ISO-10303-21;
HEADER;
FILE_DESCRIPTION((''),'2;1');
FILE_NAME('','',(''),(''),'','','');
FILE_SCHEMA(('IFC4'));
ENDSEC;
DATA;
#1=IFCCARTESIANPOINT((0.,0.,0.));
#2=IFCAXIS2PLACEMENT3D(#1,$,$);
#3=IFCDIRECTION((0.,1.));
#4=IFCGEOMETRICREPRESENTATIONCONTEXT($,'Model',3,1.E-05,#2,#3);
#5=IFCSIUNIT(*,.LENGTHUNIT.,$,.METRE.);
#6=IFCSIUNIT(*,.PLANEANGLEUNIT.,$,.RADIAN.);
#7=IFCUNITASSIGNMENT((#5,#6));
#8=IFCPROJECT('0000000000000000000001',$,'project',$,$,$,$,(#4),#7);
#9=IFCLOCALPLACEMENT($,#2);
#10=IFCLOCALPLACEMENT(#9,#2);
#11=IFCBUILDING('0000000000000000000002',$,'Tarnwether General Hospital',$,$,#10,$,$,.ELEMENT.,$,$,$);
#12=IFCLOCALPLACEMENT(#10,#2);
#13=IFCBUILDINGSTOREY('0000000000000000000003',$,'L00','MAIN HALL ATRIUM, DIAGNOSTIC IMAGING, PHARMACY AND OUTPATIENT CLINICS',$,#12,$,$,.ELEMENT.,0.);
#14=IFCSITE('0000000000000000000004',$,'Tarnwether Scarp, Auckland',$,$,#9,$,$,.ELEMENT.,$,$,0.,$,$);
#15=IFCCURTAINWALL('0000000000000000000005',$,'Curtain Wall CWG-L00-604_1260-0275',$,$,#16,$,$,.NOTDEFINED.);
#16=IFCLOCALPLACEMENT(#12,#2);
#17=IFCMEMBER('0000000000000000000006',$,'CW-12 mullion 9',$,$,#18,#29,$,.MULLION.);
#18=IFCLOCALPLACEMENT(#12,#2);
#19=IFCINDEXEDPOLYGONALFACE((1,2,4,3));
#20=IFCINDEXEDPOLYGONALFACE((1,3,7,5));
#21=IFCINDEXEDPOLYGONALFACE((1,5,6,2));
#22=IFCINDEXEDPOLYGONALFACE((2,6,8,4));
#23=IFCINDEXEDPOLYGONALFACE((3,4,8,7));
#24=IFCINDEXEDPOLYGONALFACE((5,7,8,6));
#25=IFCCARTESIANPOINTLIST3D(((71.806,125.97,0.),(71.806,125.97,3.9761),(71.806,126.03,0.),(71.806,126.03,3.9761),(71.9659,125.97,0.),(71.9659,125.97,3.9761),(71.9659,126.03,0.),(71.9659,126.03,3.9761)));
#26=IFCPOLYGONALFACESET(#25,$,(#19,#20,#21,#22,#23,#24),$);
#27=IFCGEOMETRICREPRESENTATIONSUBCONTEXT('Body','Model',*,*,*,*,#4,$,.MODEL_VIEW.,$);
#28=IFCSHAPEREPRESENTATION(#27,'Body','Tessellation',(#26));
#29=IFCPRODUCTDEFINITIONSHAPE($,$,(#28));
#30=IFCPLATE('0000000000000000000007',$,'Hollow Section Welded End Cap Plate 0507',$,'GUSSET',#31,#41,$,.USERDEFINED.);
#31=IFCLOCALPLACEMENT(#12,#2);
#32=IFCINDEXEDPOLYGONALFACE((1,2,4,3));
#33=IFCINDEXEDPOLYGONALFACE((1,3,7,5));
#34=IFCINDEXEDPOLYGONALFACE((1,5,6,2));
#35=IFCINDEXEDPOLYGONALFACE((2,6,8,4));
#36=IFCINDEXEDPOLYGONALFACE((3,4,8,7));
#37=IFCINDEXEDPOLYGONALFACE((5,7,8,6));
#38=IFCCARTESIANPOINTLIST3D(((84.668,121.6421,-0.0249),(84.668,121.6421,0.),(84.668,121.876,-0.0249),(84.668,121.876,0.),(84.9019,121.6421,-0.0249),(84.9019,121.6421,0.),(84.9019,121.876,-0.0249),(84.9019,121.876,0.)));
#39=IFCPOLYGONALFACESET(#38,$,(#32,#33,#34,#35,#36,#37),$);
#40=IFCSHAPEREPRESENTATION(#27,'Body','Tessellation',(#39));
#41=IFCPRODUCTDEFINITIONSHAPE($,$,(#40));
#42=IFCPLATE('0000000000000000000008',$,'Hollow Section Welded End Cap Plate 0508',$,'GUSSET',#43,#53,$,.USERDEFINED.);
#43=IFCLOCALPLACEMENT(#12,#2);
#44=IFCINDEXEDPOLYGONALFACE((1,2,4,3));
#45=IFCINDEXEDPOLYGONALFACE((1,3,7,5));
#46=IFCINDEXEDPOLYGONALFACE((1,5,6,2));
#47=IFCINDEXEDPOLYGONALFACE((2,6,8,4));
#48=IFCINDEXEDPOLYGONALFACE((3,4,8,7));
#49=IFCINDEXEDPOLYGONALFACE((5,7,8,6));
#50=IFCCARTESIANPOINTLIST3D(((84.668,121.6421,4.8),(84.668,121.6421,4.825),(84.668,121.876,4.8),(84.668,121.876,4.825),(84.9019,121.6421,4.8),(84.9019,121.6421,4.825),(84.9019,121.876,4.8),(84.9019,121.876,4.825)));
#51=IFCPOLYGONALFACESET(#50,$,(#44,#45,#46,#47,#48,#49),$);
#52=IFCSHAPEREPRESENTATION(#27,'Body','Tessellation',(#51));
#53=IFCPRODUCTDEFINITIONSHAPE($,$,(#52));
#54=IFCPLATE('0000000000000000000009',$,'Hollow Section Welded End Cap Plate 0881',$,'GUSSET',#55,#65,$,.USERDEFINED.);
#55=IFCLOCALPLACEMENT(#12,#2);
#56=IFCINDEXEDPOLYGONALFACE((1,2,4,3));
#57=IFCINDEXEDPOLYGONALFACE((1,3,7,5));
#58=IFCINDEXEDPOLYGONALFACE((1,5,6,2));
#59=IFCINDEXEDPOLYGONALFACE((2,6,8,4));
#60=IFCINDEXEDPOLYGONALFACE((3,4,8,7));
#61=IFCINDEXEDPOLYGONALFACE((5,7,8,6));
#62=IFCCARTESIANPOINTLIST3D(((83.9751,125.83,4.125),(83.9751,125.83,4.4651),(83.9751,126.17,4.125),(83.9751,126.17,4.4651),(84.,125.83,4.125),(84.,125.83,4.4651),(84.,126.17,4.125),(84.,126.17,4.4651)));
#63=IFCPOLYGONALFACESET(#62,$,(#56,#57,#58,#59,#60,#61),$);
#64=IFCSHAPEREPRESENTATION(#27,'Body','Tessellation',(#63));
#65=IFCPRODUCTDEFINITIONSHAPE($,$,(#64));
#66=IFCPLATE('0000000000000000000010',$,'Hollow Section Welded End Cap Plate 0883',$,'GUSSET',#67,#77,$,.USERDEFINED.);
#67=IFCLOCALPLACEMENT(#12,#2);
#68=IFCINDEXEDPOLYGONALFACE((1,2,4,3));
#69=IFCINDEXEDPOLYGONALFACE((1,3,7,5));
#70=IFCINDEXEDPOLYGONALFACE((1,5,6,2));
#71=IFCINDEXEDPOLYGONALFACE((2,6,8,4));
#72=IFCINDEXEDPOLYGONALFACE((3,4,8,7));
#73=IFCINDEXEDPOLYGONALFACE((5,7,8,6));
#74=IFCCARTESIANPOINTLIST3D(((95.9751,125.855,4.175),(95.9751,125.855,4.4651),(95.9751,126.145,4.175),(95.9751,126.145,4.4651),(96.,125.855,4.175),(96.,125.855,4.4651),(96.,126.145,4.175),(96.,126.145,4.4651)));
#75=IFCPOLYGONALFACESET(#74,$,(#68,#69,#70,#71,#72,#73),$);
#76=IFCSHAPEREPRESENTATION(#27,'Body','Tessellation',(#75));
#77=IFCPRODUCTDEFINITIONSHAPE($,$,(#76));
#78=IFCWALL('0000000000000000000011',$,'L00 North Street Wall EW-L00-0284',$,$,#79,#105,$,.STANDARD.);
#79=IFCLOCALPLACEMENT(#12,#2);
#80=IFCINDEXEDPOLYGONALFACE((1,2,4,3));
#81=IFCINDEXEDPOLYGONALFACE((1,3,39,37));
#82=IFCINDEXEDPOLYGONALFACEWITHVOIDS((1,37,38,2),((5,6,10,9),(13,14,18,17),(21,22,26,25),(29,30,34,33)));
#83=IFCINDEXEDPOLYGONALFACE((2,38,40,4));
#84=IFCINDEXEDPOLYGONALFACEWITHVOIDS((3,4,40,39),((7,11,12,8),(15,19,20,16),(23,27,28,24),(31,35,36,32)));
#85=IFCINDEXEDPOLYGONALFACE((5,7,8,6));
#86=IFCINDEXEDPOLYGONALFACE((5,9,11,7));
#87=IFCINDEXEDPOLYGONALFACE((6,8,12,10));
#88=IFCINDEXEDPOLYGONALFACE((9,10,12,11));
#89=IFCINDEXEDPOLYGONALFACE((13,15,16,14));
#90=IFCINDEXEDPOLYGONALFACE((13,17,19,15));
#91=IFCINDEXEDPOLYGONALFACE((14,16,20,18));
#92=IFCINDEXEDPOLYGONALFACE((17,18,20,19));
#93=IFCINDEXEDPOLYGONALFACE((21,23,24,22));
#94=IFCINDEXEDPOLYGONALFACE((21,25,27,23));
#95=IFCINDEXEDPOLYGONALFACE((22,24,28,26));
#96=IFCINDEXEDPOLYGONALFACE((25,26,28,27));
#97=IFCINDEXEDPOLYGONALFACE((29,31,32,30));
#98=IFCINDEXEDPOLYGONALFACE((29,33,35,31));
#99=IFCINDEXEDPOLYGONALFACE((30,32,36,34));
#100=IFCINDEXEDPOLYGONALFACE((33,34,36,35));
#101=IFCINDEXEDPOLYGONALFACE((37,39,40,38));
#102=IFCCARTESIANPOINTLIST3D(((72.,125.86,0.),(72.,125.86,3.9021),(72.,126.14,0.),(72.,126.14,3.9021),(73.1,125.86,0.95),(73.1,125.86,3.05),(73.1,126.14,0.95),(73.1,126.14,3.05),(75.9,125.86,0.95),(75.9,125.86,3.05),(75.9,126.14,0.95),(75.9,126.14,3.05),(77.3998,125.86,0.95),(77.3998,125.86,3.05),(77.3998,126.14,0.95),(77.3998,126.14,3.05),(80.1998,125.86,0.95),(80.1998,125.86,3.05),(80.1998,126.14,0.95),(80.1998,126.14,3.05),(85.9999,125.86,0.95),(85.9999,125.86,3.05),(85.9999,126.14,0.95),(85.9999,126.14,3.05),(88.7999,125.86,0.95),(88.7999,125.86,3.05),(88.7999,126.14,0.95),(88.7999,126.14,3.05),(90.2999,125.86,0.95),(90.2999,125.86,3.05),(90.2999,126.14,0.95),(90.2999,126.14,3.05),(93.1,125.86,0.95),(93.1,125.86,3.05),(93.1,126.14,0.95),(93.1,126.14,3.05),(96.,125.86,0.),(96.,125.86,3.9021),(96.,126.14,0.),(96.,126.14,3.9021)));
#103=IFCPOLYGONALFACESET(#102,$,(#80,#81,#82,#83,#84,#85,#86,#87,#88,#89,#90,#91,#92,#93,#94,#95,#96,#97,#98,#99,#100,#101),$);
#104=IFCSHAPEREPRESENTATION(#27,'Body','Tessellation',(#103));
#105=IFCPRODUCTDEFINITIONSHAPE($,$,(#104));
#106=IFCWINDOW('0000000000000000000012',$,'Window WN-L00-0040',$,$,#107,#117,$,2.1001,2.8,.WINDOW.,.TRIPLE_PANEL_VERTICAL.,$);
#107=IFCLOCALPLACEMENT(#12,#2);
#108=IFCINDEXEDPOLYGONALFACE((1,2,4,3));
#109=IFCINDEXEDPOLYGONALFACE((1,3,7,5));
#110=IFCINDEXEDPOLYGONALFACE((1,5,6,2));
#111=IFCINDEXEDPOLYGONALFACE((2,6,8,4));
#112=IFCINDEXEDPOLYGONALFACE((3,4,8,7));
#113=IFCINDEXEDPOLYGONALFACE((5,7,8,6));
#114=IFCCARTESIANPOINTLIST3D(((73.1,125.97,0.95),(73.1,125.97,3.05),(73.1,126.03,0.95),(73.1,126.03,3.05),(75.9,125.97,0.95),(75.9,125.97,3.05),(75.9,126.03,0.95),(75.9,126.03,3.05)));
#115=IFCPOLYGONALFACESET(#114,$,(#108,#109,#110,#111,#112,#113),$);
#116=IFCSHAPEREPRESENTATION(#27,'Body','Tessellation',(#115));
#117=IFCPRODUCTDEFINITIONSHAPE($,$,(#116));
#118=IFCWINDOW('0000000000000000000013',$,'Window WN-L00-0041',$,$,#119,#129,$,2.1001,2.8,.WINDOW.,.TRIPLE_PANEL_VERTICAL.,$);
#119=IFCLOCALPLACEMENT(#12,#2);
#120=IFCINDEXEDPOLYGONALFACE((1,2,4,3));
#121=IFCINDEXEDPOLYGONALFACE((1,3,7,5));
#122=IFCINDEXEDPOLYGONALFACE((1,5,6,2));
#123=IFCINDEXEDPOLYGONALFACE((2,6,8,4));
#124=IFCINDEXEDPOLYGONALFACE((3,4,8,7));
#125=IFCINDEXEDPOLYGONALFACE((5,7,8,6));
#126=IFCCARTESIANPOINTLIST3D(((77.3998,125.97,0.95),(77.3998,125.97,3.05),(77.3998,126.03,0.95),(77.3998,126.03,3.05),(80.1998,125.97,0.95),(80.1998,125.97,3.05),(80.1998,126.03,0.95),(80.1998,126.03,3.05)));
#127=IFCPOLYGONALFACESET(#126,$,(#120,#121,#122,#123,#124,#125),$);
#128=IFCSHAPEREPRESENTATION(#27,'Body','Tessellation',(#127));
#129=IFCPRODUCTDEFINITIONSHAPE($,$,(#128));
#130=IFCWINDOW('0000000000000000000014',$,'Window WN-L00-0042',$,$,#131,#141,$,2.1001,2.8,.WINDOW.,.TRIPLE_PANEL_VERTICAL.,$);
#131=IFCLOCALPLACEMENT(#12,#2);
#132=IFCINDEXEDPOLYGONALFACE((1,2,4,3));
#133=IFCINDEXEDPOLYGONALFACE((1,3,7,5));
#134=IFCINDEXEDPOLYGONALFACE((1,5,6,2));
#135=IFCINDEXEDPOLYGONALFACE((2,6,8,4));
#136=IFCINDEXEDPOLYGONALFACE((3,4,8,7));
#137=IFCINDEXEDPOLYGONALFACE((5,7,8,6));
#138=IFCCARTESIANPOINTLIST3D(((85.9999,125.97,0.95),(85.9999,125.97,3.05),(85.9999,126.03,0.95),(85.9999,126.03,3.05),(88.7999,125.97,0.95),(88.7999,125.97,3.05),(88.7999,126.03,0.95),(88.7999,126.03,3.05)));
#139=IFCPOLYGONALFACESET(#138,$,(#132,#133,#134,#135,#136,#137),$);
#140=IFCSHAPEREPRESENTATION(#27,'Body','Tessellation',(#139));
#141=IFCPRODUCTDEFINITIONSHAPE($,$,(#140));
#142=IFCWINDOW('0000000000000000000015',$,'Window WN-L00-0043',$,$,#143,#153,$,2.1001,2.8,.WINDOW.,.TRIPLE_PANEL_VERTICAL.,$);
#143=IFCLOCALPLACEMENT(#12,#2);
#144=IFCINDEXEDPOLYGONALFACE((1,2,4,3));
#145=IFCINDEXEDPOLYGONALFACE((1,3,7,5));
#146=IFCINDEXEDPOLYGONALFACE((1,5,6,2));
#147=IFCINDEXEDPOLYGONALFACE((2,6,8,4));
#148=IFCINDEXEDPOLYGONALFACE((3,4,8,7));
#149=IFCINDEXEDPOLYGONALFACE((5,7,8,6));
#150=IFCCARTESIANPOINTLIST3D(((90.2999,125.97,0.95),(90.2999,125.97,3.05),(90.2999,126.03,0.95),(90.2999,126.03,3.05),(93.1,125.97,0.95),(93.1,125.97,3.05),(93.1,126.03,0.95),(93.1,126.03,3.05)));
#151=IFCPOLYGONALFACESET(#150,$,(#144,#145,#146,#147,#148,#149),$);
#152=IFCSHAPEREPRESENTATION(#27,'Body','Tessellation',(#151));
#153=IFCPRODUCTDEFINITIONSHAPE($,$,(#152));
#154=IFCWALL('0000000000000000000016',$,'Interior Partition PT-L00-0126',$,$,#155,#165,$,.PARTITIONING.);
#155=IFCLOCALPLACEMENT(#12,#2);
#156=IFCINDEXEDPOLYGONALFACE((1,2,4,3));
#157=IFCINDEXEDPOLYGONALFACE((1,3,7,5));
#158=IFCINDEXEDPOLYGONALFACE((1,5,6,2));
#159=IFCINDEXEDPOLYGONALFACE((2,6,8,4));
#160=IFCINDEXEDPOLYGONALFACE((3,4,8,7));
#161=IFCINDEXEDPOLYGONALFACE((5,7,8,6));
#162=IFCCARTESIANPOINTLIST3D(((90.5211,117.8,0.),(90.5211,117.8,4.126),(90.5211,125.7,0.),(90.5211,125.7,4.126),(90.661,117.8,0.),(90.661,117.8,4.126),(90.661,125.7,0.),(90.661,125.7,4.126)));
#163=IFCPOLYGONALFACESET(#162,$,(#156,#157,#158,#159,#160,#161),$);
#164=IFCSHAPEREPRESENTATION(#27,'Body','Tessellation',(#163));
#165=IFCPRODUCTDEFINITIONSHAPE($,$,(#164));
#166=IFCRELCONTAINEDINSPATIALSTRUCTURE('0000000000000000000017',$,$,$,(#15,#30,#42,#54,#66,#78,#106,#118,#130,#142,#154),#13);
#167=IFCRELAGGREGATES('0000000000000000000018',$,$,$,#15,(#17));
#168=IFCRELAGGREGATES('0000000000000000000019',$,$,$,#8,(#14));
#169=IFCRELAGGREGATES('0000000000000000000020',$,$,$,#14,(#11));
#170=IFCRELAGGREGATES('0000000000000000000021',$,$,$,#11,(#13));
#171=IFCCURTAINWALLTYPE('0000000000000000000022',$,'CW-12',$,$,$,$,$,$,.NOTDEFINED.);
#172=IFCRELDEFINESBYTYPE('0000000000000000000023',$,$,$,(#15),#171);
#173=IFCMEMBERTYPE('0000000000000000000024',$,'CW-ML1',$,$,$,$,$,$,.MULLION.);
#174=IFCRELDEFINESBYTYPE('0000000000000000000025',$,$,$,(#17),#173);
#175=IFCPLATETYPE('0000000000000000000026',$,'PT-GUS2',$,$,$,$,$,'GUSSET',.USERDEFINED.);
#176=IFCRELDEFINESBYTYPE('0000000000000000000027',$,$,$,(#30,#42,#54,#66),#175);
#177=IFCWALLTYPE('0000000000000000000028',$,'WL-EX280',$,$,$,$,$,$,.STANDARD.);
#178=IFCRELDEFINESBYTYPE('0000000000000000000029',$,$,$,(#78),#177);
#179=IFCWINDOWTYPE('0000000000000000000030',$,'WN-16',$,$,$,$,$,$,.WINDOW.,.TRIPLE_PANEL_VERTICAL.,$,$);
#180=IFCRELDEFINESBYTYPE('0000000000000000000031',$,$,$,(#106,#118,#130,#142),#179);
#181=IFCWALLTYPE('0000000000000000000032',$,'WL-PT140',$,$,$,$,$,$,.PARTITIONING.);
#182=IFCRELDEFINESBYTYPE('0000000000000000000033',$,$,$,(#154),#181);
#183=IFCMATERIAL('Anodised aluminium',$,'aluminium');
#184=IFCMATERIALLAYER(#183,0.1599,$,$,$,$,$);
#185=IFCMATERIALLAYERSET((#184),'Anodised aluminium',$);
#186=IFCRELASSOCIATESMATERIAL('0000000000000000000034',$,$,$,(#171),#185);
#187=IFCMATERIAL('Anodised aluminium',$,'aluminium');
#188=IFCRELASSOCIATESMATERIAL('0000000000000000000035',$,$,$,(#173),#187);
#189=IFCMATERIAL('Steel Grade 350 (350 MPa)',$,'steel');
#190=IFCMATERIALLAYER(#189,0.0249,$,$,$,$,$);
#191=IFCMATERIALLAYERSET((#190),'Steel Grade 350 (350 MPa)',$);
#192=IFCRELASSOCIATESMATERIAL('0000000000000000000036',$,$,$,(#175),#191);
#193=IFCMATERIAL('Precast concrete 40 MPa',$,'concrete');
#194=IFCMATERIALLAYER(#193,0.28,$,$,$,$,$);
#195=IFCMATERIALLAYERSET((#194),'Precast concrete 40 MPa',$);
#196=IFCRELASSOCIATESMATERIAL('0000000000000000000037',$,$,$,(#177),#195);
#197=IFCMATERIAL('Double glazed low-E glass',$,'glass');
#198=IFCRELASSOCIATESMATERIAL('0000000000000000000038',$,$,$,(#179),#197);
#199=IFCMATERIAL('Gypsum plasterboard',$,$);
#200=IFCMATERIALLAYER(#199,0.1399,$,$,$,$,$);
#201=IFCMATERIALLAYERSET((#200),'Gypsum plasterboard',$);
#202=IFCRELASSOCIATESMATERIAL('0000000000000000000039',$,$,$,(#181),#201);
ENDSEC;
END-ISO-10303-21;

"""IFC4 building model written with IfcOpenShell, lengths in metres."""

from ifc_helpers import new_model, si_unit, direction, frame, frame_2d, origin, origin_2d, place, context, subcontext, project, spatial, rectangle, extrude, material, layer, layer_set, material_profile, profile_set, type_object, element, fill, aggregate, save


model = new_model("IFC4")

# Units and contexts
model_context = context("Model", 3, precision=1e-05, world=origin(), true_north=direction((0.0, 1.0)))
body_context = subcontext(model_context, "Body", "Model", "MODEL_VIEW")
ifc_project = project(units=[si_unit("LENGTHUNIT", "METRE"), si_unit("PLANEANGLEUNIT", "RADIAN")], contexts=[model_context])

# Site, building, storey
site_placement = place(None, origin())
site = spatial("IfcSite", under=ifc_project, at=site_placement, Name="Tarnwether Scarp, Auckland", CompositionType="ELEMENT", RefElevation=0.0)
building_placement = place(site_placement, origin())
building = spatial("IfcBuilding", under=site, at=building_placement, Name="Tarnwether General Hospital", CompositionType="ELEMENT")
storey_placement = place(building_placement, origin())
storey = spatial("IfcBuildingStorey", under=building, at=storey_placement, Name="L00", Description="MAIN HALL ATRIUM, DIAGNOSTIC IMAGING, PHARMACY AND OUTPATIENT CLINICS", CompositionType="ELEMENT", Elevation=0.0)

# Curtain wall, member
ifc_material_1 = material(Name="Anodised aluminium", Category="aluminium")
ifc_layer_1 = layer(ifc_material_1, 0.1599)
ifc_layer_set_1 = layer_set([ifc_layer_1], Name="Anodised aluminium")
curtain_wall_type = type_object("IfcCurtainWallType", Name="CW-12", PredefinedType="NOTDEFINED", material=ifc_layer_set_1)
curtain_wall_placement = place(storey_placement, origin())
curtain_wall = element("IfcCurtainWall", 1, at=curtain_wall_placement, inside=storey, type_object=curtain_wall_type, Name="Curtain Wall CWG-L00-604_1260-0275", PredefinedType="NOTDEFINED")
ifc_material_2 = material(Name="Anodised aluminium", Category="aluminium")
ifc_material_profile_1 = material_profile(ifc_material_2, rectangle(XDim=0.0601, YDim=0.1599, at=origin_2d()), Name="ALU-MUL-60x160")
ifc_profile_set_1 = profile_set([ifc_material_profile_1], Name="Anodised aluminium")
member_type = type_object("IfcMemberType", Name="CW-ML1", PredefinedType="MULLION", material=ifc_profile_set_1)
member_placement = place(storey_placement, frame((71.886, 126.0, 0.0), z_axis=(0.0, 0.0, 1.0), x_axis=(0.0, 1.0, 0.0)))
member = element("IfcMember", 2, at=member_placement, type_object=member_type, Name="CW-12 mullion 9", PredefinedType="MULLION", context=body_context, shape_type="SweptSolid", body=[
    extrude(rectangle(XDim=0.0601, YDim=0.1599, at=origin_2d()), origin(), (0.0, 0.0, 1.0), 3.9761),
])
aggregate(curtain_wall, [member])

# Plates
ifc_material_3 = material(Name="Steel Grade 350 (350 MPa)", Category="steel")
ifc_layer_2 = layer(ifc_material_3, 0.0249)
ifc_layer_set_2 = layer_set([ifc_layer_2], Name="Steel Grade 350 (350 MPa)")
plate_type = type_object("IfcPlateType", Name="PT-GUS2", ElementType="GUSSET", PredefinedType="USERDEFINED", material=ifc_layer_set_2)
for number, where, z_axis, x_axis, name in (
    (3, (84.7849, 121.759, -0.0249), (0.0, 0.0, 1.0), (1.0, 0.0, 0.0), "Hollow Section Welded End Cap Plate 0507"),
    (4, (84.7849, 121.759, 4.8), (0.0, 0.0, 1.0), (1.0, 0.0, 0.0), "Hollow Section Welded End Cap Plate 0508"),
):
    element("IfcPlate", number, at=place(storey_placement, frame(where, z_axis=z_axis, x_axis=x_axis)), inside=storey, type_object=plate_type, Name=name, ObjectType="GUSSET", PredefinedType="USERDEFINED", context=body_context, shape_type="SweptSolid", body=[
        extrude(rectangle(XDim=0.2339, YDim=0.2339, at=origin_2d()), origin(), (0.0, 0.0, 1.0), 0.0249),
    ])
plate_1_placement = place(storey_placement, frame((83.9875, 126.0, 4.125), z_axis=(0.0, 0.0, 1.0), x_axis=(1.0, 0.0, 0.0)))
element("IfcPlate", 5, at=plate_1_placement, inside=storey, type_object=plate_type, Name="Hollow Section Welded End Cap Plate 0881", ObjectType="GUSSET", PredefinedType="USERDEFINED", context=body_context, shape_type="SweptSolid", body=[
    extrude(rectangle(XDim=0.0249, YDim=0.3401, at=origin_2d()), origin(), (0.0, 0.0, 1.0), 0.3401),
])
plate_2_placement = place(storey_placement, frame((95.9875, 126.0, 4.175), z_axis=(0.0, 0.0, 1.0), x_axis=(1.0, 0.0, 0.0)))
element("IfcPlate", 6, at=plate_2_placement, inside=storey, type_object=plate_type, Name="Hollow Section Welded End Cap Plate 0883", ObjectType="GUSSET", PredefinedType="USERDEFINED", context=body_context, shape_type="SweptSolid", body=[
    extrude(rectangle(XDim=0.0249, YDim=0.29, at=origin_2d()), origin(), (0.0, 0.0, 1.0), 0.29),
])

# Wall, openings, windows
ifc_material_4 = material(Name="Precast concrete 40 MPa", Category="concrete")
ifc_layer_3 = layer(ifc_material_4, 0.28)
ifc_layer_set_3 = layer_set([ifc_layer_3], Name="Precast concrete 40 MPa")
wall_type_1 = type_object("IfcWallType", Name="WL-EX280", PredefinedType="STANDARD", material=ifc_layer_set_3)
wall_1_placement = place(storey_placement, frame((72.0, 126.0, 0.0), z_axis=(0.0, 0.0, 1.0), x_axis=(1.0, 0.0, 0.0)))
wall_1 = element("IfcWall", 7, at=wall_1_placement, inside=storey, type_object=wall_type_1, Name="L00 North Street Wall EW-L00-0284", PredefinedType="STANDARD", context=body_context, shape_type="SweptSolid", body=[
    extrude(rectangle(XDim=24.0, YDim=0.28, at=frame_2d((12.0, 0.0))), origin(), (0.0, 0.0, 1.0), 3.9021),
])
opening_1_placement = place(wall_1_placement, frame((1.1001, 0.0, 0.95)))
opening_1 = element("IfcOpeningElement", 8, at=opening_1_placement, cuts=wall_1, PredefinedType="OPENING", context=body_context, shape_type="SweptSolid", body=[
    extrude(rectangle(XDim=2.8, YDim=2.1001, at=frame_2d((1.3999, 1.05))), frame((0.0, 0.1499, 0.0), z_axis=(0.0, -1.0, 0.0), x_axis=(1.0, 0.0, 0.0)), (0.0, 0.0, 1.0), 0.3),
])
opening_2_placement = place(wall_1_placement, frame((5.3999, 0.0, 0.95)))
opening_2 = element("IfcOpeningElement", 9, at=opening_2_placement, cuts=wall_1, PredefinedType="OPENING", context=body_context, shape_type="SweptSolid", body=[
    extrude(rectangle(XDim=2.8, YDim=2.1001, at=frame_2d((1.3999, 1.05))), frame((0.0, 0.1499, 0.0), z_axis=(0.0, -1.0, 0.0), x_axis=(1.0, 0.0, 0.0)), (0.0, 0.0, 1.0), 0.3),
])
opening_3_placement = place(wall_1_placement, frame((14.0, 0.0, 0.95)))
opening_3 = element("IfcOpeningElement", 10, at=opening_3_placement, cuts=wall_1, PredefinedType="OPENING", context=body_context, shape_type="SweptSolid", body=[
    extrude(rectangle(XDim=2.8, YDim=2.1001, at=frame_2d((1.3999, 1.05))), frame((0.0, 0.1499, 0.0), z_axis=(0.0, -1.0, 0.0), x_axis=(1.0, 0.0, 0.0)), (0.0, 0.0, 1.0), 0.3),
])
opening_4_placement = place(wall_1_placement, frame((18.3, 0.0, 0.95)))
opening_4 = element("IfcOpeningElement", 11, at=opening_4_placement, cuts=wall_1, PredefinedType="OPENING", context=body_context, shape_type="SweptSolid", body=[
    extrude(rectangle(XDim=2.8, YDim=2.1001, at=frame_2d((1.3999, 1.05))), frame((0.0, 0.1499, 0.0), z_axis=(0.0, -1.0, 0.0), x_axis=(1.0, 0.0, 0.0)), (0.0, 0.0, 1.0), 0.3),
])
ifc_material_5 = material(Name="Double glazed low-E glass", Category="glass")
window_type = type_object("IfcWindowType", Name="WN-16", PartitioningType="TRIPLE_PANEL_VERTICAL", PredefinedType="WINDOW", material=ifc_material_5)
window_1_placement = place(opening_1_placement, origin())
window_1 = element("IfcWindow", 12, at=window_1_placement, inside=storey, type_object=window_type, Name="Window WN-L00-0040", OverallHeight=2.1001, OverallWidth=2.8, PartitioningType="TRIPLE_PANEL_VERTICAL", PredefinedType="WINDOW", context=body_context, shape_type="SweptSolid", body=[
    extrude(rectangle(XDim=2.8, YDim=2.1001, at=frame_2d((1.3999, 1.05))), frame((0.0, 0.03, 0.0), z_axis=(0.0, -1.0, 0.0), x_axis=(1.0, 0.0, 0.0)), (0.0, 0.0, 1.0), 0.0601),
])
fill(opening_1, window_1)
window_2_placement = place(opening_2_placement, origin())
window_2 = element("IfcWindow", 13, at=window_2_placement, inside=storey, type_object=window_type, Name="Window WN-L00-0041", OverallHeight=2.1001, OverallWidth=2.8, PartitioningType="TRIPLE_PANEL_VERTICAL", PredefinedType="WINDOW", context=body_context, shape_type="SweptSolid", body=[
    extrude(rectangle(XDim=2.8, YDim=2.1001, at=frame_2d((1.3999, 1.05))), frame((0.0, 0.03, 0.0), z_axis=(0.0, -1.0, 0.0), x_axis=(1.0, 0.0, 0.0)), (0.0, 0.0, 1.0), 0.0601),
])
fill(opening_2, window_2)
window_3_placement = place(opening_3_placement, origin())
window_3 = element("IfcWindow", 14, at=window_3_placement, inside=storey, type_object=window_type, Name="Window WN-L00-0042", OverallHeight=2.1001, OverallWidth=2.8, PartitioningType="TRIPLE_PANEL_VERTICAL", PredefinedType="WINDOW", context=body_context, shape_type="SweptSolid", body=[
    extrude(rectangle(XDim=2.8, YDim=2.1001, at=frame_2d((1.3999, 1.05))), frame((0.0, 0.03, 0.0), z_axis=(0.0, -1.0, 0.0), x_axis=(1.0, 0.0, 0.0)), (0.0, 0.0, 1.0), 0.0601),
])
fill(opening_3, window_3)
window_4_placement = place(opening_4_placement, origin())
window_4 = element("IfcWindow", 15, at=window_4_placement, inside=storey, type_object=window_type, Name="Window WN-L00-0043", OverallHeight=2.1001, OverallWidth=2.8, PartitioningType="TRIPLE_PANEL_VERTICAL", PredefinedType="WINDOW", context=body_context, shape_type="SweptSolid", body=[
    extrude(rectangle(XDim=2.8, YDim=2.1001, at=frame_2d((1.3999, 1.05))), frame((0.0, 0.03, 0.0), z_axis=(0.0, -1.0, 0.0), x_axis=(1.0, 0.0, 0.0)), (0.0, 0.0, 1.0), 0.0601),
])
fill(opening_4, window_4)

# Wall
ifc_material_6 = material(Name="Gypsum plasterboard")
ifc_layer_4 = layer(ifc_material_6, 0.1399)
ifc_layer_set_4 = layer_set([ifc_layer_4], Name="Gypsum plasterboard")
wall_type_2 = type_object("IfcWallType", Name="WL-PT140", PredefinedType="PARTITIONING", material=ifc_layer_set_4)
wall_2_placement = place(storey_placement, frame((90.5911, 117.8, 0.0), z_axis=(0.0, 0.0, 1.0), x_axis=(0.0, 1.0, 0.0)))
element("IfcWall", 16, at=wall_2_placement, inside=storey, type_object=wall_type_2, Name="Interior Partition PT-L00-0126", PredefinedType="PARTITIONING", context=body_context, shape_type="SweptSolid", body=[
    extrude(rectangle(XDim=7.8999, YDim=0.1399, at=frame_2d((3.95, 0.0))), origin(), (0.0, 0.0, 1.0), 4.126),
])

save(model, "model.ifc")
